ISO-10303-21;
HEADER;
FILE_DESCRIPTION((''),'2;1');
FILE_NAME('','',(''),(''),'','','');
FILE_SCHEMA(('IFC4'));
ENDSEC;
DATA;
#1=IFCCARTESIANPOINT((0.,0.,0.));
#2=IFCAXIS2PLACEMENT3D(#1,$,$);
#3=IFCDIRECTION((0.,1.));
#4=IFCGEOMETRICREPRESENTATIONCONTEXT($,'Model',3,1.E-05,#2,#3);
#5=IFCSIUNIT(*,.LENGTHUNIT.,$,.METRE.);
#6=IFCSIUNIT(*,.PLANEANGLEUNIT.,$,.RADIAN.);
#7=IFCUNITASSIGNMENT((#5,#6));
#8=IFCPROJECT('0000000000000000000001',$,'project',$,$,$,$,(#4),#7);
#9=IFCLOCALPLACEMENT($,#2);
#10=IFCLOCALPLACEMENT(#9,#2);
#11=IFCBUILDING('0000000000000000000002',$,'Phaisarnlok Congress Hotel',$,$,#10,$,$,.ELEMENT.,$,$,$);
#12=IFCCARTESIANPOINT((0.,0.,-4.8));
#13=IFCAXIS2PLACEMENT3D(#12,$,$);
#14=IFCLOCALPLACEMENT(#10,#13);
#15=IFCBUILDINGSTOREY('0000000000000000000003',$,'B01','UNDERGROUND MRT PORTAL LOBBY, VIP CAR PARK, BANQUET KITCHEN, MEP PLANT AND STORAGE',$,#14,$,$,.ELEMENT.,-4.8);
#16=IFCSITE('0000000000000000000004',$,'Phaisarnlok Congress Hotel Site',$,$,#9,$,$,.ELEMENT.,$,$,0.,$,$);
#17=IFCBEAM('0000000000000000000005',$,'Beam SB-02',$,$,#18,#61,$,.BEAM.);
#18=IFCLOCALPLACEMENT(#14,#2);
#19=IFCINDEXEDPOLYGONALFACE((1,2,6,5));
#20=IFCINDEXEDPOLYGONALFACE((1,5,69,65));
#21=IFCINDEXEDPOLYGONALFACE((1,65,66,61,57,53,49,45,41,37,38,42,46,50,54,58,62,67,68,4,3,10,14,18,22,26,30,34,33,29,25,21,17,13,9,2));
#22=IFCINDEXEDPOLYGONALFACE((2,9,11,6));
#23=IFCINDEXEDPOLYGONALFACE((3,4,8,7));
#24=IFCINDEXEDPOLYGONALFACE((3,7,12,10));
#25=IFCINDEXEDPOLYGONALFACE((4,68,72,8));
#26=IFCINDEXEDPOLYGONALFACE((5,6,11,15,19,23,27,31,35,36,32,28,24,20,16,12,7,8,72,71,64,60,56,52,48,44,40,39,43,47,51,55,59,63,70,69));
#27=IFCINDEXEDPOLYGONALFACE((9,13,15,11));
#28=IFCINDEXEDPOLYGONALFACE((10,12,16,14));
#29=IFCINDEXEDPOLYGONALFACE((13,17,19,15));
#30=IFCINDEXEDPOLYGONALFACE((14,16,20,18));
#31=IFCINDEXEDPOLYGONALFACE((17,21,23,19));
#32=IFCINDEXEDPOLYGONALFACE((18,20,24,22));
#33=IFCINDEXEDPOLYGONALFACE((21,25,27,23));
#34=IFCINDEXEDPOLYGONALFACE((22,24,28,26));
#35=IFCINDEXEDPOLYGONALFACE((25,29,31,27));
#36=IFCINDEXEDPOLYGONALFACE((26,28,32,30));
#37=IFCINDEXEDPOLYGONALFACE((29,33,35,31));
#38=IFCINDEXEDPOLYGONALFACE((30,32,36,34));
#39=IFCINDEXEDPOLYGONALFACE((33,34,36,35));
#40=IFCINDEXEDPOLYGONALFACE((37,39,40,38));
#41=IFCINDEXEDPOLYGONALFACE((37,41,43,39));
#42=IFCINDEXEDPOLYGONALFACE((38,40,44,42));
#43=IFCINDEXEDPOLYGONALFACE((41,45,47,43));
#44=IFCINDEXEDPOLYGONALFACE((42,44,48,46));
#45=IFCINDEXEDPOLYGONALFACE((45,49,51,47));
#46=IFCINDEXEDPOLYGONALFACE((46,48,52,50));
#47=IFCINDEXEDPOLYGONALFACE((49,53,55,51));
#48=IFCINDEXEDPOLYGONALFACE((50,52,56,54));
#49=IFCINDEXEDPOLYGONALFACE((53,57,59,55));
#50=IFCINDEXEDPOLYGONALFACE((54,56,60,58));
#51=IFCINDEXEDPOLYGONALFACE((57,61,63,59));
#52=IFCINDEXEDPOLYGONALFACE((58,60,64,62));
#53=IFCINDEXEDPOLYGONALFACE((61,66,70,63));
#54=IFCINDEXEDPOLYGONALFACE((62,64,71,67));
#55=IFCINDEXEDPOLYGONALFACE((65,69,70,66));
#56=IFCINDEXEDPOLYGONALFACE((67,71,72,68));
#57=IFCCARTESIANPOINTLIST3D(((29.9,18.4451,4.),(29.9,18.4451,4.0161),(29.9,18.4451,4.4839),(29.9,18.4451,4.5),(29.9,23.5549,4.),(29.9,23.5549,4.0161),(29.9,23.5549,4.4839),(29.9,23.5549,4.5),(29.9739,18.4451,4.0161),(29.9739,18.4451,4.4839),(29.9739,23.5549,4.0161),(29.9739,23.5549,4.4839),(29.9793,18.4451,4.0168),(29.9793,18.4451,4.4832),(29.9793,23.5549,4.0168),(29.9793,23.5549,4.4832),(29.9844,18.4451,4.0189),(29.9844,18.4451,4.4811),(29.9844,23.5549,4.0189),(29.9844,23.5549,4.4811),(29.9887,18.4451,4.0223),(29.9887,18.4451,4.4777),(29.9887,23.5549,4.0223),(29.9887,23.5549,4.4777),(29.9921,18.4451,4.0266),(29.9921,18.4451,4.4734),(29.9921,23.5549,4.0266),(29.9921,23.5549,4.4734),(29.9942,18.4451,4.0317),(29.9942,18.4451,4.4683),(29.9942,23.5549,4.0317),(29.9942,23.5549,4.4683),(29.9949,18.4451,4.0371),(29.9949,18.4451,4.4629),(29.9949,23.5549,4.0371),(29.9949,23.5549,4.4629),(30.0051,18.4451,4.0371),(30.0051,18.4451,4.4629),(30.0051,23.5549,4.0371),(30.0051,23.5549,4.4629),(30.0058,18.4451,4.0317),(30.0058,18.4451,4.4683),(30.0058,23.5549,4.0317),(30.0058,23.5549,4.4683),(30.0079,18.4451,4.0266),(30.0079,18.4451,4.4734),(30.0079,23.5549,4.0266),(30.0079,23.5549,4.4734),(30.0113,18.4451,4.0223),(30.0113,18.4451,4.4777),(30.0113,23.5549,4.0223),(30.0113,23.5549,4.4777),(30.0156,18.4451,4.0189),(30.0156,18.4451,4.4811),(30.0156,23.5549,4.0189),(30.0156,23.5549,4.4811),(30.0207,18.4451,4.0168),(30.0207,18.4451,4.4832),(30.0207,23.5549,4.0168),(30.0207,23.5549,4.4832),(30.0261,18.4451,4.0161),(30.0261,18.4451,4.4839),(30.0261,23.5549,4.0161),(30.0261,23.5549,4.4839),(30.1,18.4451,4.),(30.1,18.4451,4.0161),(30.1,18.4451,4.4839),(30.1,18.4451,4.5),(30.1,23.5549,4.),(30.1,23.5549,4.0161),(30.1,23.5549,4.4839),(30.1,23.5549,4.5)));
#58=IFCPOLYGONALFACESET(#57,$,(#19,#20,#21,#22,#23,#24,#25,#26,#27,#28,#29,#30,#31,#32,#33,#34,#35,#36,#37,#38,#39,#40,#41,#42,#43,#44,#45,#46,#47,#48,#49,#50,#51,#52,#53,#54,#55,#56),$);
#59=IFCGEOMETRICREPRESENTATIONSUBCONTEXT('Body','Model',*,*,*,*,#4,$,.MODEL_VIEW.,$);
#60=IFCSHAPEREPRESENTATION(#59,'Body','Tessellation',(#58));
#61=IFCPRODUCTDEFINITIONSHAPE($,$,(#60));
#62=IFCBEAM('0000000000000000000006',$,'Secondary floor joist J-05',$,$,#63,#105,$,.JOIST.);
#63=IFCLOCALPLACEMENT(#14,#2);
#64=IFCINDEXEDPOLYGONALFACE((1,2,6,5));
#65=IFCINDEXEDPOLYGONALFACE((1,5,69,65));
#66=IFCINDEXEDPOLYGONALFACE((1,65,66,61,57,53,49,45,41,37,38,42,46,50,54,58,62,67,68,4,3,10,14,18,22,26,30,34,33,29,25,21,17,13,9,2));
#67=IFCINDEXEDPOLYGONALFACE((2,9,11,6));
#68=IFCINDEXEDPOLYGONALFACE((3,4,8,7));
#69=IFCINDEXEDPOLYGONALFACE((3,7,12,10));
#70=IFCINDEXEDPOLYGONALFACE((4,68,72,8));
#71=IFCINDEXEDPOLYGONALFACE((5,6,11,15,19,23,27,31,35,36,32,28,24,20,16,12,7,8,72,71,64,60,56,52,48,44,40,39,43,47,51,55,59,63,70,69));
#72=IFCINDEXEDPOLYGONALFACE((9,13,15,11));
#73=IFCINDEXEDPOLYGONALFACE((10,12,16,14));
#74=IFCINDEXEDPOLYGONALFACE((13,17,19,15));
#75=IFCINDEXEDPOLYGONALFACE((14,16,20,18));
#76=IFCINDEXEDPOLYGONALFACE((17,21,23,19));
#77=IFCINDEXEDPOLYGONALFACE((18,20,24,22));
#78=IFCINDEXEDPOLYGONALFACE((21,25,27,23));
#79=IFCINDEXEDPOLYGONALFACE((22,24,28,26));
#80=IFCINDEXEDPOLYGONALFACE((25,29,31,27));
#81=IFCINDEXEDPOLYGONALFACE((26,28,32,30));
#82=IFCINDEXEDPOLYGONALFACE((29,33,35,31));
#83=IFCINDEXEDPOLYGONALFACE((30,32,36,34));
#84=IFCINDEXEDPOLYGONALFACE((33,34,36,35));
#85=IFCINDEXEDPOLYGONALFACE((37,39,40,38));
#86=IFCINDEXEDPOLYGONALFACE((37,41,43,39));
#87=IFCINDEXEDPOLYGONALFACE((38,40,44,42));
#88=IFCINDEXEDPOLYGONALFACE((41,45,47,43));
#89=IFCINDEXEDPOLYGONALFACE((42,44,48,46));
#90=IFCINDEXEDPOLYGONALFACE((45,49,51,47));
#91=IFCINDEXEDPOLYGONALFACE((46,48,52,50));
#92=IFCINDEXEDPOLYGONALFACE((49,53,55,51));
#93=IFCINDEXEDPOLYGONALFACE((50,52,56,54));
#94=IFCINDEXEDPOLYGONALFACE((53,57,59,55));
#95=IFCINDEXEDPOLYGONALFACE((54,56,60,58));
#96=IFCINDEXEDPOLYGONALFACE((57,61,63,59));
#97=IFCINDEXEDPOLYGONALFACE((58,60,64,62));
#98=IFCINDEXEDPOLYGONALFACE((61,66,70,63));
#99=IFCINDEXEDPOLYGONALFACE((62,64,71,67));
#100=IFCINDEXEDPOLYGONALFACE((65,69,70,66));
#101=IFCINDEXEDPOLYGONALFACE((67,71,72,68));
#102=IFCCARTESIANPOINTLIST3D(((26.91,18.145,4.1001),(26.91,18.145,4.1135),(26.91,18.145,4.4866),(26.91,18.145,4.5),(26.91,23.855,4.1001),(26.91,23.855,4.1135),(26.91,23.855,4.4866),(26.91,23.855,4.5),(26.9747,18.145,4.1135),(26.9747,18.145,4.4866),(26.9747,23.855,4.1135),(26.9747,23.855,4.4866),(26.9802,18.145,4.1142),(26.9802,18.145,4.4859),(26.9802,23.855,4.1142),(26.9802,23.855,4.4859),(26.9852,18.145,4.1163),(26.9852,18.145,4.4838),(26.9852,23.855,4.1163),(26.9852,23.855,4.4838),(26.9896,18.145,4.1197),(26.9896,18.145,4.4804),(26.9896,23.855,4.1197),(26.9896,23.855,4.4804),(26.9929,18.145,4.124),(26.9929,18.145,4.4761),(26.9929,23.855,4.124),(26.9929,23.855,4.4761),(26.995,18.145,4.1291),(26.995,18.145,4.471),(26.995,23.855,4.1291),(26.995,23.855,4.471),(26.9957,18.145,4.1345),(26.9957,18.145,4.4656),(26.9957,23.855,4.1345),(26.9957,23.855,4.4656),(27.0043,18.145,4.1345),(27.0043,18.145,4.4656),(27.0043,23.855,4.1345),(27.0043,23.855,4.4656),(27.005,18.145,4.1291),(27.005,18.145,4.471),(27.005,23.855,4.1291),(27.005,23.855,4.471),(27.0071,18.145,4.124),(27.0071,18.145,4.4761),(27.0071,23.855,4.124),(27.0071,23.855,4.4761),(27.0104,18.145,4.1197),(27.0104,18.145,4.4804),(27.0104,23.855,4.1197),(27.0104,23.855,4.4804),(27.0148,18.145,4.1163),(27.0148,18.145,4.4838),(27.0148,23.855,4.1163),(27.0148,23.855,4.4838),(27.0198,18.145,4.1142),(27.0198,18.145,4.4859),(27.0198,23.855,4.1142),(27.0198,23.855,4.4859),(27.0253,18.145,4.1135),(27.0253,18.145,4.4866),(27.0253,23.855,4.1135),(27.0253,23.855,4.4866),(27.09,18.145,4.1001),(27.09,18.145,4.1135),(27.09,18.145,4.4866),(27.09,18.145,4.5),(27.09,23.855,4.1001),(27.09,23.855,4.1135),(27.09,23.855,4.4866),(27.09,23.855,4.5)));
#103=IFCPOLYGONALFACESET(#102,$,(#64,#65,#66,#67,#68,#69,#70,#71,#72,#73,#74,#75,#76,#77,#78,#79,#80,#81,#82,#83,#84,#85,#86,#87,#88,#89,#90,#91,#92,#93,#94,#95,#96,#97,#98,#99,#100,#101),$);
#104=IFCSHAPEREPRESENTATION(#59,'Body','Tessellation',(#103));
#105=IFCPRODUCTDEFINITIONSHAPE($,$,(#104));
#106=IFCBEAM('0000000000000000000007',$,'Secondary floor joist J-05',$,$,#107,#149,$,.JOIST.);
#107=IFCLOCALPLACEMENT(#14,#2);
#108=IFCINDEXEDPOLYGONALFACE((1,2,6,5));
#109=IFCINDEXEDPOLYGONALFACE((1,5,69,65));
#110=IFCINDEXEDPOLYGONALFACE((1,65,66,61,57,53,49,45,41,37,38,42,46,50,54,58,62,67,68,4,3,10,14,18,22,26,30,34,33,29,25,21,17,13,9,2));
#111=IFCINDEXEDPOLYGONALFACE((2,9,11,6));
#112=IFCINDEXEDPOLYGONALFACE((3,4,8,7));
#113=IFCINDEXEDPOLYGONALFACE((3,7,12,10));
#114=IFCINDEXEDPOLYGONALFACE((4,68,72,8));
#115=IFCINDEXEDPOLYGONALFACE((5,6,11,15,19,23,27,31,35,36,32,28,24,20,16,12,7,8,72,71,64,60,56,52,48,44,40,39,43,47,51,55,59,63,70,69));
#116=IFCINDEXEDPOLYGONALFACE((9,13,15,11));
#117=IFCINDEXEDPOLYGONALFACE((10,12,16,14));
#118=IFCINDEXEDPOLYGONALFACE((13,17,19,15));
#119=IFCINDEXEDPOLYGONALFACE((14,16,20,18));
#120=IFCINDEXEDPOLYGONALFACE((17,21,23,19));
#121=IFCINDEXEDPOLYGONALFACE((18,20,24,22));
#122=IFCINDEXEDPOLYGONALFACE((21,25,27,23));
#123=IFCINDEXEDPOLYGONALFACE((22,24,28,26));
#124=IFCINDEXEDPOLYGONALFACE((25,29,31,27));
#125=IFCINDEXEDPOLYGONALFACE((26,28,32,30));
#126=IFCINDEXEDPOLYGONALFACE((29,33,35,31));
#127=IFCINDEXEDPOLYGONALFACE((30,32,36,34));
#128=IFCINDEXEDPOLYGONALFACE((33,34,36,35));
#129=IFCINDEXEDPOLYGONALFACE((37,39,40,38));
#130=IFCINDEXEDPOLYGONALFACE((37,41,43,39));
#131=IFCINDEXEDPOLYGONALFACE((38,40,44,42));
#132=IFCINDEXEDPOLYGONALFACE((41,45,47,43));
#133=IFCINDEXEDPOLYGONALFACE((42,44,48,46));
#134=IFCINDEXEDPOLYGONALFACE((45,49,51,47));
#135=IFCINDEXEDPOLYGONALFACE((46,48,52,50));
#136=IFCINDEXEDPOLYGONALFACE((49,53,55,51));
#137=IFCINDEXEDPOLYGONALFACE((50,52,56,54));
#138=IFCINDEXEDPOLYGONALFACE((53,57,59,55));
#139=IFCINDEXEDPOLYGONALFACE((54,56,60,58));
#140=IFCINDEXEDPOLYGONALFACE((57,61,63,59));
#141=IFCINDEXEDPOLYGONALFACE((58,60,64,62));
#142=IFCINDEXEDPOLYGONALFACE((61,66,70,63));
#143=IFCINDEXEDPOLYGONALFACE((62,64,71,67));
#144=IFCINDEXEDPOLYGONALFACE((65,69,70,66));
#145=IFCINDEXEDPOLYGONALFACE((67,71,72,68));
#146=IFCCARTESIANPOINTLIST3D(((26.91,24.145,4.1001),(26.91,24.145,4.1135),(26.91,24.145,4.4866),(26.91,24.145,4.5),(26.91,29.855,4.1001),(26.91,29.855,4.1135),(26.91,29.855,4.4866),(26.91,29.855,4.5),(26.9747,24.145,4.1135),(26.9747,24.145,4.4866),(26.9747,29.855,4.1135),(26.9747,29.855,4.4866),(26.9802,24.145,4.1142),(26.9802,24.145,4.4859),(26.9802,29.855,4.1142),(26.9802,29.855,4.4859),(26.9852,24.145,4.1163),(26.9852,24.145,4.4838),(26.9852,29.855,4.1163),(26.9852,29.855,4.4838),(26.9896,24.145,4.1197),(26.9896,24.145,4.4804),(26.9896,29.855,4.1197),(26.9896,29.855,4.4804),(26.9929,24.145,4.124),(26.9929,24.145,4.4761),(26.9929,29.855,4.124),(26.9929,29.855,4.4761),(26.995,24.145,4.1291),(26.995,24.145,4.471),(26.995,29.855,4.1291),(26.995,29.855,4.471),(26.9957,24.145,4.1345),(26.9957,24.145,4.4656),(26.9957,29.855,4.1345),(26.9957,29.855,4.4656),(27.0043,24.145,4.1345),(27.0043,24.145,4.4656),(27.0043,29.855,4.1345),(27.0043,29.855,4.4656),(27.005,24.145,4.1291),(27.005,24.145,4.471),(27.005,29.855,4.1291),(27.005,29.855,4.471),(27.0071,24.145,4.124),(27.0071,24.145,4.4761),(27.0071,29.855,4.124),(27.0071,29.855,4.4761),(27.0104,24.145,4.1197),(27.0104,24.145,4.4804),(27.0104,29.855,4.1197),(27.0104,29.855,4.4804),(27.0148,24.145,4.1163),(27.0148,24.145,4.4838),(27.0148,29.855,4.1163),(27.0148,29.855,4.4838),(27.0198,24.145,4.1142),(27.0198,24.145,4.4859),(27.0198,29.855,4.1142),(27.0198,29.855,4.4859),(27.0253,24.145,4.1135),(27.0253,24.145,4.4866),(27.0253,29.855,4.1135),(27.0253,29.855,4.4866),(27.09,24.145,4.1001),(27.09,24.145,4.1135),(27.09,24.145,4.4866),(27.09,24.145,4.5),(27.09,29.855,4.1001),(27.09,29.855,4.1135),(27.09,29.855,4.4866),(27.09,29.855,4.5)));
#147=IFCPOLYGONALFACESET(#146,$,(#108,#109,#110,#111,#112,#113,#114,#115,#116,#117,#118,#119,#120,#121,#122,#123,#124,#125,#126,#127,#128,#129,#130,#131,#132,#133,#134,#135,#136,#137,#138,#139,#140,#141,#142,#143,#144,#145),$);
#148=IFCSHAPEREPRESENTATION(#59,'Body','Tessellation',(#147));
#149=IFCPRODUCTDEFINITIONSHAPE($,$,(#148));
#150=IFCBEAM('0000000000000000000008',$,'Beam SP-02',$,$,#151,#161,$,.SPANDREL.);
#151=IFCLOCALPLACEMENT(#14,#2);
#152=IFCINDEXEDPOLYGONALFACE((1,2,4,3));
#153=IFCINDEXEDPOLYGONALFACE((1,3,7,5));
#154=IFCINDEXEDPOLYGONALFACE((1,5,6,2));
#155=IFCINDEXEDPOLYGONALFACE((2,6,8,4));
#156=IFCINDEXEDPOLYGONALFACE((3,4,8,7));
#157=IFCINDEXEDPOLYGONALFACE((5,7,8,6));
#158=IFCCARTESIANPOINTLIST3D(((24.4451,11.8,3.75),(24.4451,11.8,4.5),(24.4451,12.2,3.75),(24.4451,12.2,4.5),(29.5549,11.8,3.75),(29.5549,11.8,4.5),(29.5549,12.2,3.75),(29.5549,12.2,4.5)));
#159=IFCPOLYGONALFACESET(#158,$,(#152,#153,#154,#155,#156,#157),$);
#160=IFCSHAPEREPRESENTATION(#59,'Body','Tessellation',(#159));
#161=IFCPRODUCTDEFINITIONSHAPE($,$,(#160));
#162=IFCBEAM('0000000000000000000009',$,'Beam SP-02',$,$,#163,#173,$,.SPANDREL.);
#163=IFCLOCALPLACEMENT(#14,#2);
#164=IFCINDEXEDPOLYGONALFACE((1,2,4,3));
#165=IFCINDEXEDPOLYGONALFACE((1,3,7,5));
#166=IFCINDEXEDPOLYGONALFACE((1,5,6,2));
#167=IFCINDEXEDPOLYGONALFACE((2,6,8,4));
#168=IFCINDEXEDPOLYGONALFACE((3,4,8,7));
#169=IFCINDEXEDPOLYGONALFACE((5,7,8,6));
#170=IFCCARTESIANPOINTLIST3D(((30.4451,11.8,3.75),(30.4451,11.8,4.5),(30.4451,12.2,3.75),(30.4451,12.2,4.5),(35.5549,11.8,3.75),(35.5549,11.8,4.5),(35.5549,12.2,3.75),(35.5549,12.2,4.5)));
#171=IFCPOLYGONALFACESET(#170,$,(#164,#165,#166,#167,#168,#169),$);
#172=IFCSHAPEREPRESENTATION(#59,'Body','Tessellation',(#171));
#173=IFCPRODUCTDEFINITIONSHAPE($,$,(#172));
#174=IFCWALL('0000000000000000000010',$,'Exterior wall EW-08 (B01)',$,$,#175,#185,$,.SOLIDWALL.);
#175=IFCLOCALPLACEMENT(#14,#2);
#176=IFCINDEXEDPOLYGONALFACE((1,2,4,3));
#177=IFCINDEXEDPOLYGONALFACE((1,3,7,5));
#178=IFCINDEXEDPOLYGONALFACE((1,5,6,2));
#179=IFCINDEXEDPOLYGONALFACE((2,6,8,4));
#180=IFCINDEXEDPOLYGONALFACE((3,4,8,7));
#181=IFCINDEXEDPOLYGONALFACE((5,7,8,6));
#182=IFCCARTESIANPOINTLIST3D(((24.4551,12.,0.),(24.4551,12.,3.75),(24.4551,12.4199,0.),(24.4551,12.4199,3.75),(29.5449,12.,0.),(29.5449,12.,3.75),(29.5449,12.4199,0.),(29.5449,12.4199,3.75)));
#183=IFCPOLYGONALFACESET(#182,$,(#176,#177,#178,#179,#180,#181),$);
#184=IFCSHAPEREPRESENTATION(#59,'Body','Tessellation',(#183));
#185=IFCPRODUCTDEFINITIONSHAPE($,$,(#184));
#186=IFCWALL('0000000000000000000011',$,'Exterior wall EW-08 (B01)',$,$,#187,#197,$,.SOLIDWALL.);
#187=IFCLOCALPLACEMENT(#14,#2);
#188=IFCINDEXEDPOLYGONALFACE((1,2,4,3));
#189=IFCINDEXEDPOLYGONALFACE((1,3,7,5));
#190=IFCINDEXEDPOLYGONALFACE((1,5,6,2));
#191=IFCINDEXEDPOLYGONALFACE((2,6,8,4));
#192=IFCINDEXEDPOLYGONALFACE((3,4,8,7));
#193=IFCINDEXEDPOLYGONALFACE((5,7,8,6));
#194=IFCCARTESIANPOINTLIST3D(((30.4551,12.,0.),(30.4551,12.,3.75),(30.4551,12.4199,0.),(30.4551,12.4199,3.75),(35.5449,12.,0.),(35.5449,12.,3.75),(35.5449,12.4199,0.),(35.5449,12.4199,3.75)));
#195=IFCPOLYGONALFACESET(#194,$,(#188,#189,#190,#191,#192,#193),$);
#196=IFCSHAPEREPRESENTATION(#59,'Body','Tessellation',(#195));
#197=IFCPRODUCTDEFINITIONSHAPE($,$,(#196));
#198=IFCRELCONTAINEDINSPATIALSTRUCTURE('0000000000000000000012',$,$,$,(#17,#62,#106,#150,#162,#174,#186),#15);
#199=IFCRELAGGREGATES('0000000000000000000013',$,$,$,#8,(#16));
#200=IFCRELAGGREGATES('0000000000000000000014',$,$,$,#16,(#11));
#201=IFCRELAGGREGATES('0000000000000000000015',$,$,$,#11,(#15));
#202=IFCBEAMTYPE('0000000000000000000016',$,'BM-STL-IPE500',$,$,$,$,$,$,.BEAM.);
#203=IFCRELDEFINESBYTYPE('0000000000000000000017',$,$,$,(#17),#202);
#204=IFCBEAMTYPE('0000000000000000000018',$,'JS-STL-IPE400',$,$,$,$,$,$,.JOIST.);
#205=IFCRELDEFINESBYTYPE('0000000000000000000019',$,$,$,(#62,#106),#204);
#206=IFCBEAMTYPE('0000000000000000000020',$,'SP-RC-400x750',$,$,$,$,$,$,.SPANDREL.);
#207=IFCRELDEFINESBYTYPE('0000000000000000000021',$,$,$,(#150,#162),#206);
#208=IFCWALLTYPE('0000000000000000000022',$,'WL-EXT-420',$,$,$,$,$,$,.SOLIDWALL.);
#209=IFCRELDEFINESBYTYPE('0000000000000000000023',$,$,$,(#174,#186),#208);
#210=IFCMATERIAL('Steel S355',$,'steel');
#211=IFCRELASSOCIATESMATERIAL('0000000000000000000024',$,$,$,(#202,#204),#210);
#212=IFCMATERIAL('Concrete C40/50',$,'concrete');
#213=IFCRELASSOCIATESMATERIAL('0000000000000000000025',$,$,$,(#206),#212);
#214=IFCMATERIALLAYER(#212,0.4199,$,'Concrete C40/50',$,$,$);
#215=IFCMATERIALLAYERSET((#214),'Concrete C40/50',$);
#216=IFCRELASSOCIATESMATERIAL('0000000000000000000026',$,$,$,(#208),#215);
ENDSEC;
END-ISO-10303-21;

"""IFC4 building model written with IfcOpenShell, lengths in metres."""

from ifc_helpers import new_model, si_unit, direction, frame, frame_2d, origin, origin_2d, place, context, subcontext, project, spatial, rectangle, i_section, extrude, material, layer, layer_set, material_profile, profile_set, type_object, element, save


model = new_model("IFC4")

# Units and contexts
model_context = context("Model", 3, precision=1e-05, world=origin(), true_north=direction((0.0, 1.0)))
body_context = subcontext(model_context, "Body", "Model", "MODEL_VIEW")
ifc_project = project(units=[si_unit("LENGTHUNIT", "METRE"), si_unit("PLANEANGLEUNIT", "RADIAN")], contexts=[model_context])

# Site, building, storey
site_placement = place(None, origin())
site = spatial("IfcSite", under=ifc_project, at=site_placement, Name="Phaisarnlok Congress Hotel Site", CompositionType="ELEMENT", RefElevation=0.0)
building_placement = place(site_placement, origin())
building = spatial("IfcBuilding", under=site, at=building_placement, Name="Phaisarnlok Congress Hotel", CompositionType="ELEMENT")
storey_placement = place(building_placement, frame((0.0, 0.0, -4.8)))
storey = spatial("IfcBuildingStorey", under=building, at=storey_placement, Name="B01", Description="UNDERGROUND MRT PORTAL LOBBY, VIP CAR PARK, BANQUET KITCHEN, MEP PLANT AND STORAGE", CompositionType="ELEMENT", Elevation=-4.8)

# Shared definitions
ifc_material_1 = material(Name="Concrete C40/50", Category="concrete")

# Beams
ifc_material_2 = material(Name="Steel S355", Category="steel")
ifc_material_profile_1 = material_profile(ifc_material_2, i_section(OverallWidth=0.2, OverallDepth=0.5, WebThickness=0.0103, FlangeThickness=0.0161, FilletRadius=0.021, at=origin_2d()), Name="IPE 500")
ifc_profile_set_1 = profile_set([ifc_material_profile_1], Name="Steel S355")
beam_type_1 = type_object("IfcBeamType", Name="BM-STL-IPE500", PredefinedType="BEAM", material=ifc_profile_set_1)
beam_placement = place(storey_placement, frame((30.0, 18.4451, 4.25), z_axis=(0.0, 1.0, 0.0), x_axis=(-1.0, 0.0, 0.0)))
element("IfcBeam", 1, at=beam_placement, inside=storey, type_object=beam_type_1, Name="Beam SB-02", PredefinedType="BEAM", context=body_context, shape_type="SweptSolid", body=[
    extrude(i_section(OverallWidth=0.2, OverallDepth=0.5, WebThickness=0.0103, FlangeThickness=0.0161, FilletRadius=0.021, at=origin_2d()), origin(), (0.0, 0.0, 1.0), 5.1099),
])
ifc_material_profile_2 = material_profile(ifc_material_2, i_section(OverallWidth=0.1799, OverallDepth=0.3999, WebThickness=0.0085, FlangeThickness=0.0134, FilletRadius=0.021, at=origin_2d()), Name="IPE 400")
ifc_profile_set_2 = profile_set([ifc_material_profile_2], Name="Steel S355")
beam_type_2 = type_object("IfcBeamType", Name="JS-STL-IPE400", PredefinedType="JOIST", material=ifc_profile_set_2)
for number, where, z_axis, x_axis, name in (
    (2, (27.0, 18.145, 4.3), (0.0, 1.0, 0.0), (-1.0, 0.0, 0.0), "Secondary floor joist J-05"),
    (3, (27.0, 24.145, 4.3), (0.0, 1.0, 0.0), (-1.0, 0.0, 0.0), "Secondary floor joist J-05"),
):
    element("IfcBeam", number, at=place(storey_placement, frame(where, z_axis=z_axis, x_axis=x_axis)), inside=storey, type_object=beam_type_2, Name=name, PredefinedType="JOIST", context=body_context, shape_type="SweptSolid", body=[
        extrude(i_section(OverallWidth=0.1799, OverallDepth=0.3999, WebThickness=0.0085, FlangeThickness=0.0134, FilletRadius=0.021, at=origin_2d()), origin(), (0.0, 0.0, 1.0), 5.71),
    ])
ifc_material_profile_3 = material_profile(ifc_material_1, rectangle(XDim=0.3999, YDim=0.75, at=origin_2d()), Name="RC 400x750")
ifc_profile_set_3 = profile_set([ifc_material_profile_3], Name="Concrete C40/50")
beam_type_3 = type_object("IfcBeamType", Name="SP-RC-400x750", PredefinedType="SPANDREL", material=ifc_profile_set_3)
for number, where, z_axis, x_axis, name in (
    (4, (24.4451, 12.0, 4.125), (1.0, 0.0, 0.0), (0.0, 1.0, 0.0), "Beam SP-02"),
    (5, (30.4451, 12.0, 4.125), (1.0, 0.0, 0.0), (0.0, 1.0, 0.0), "Beam SP-02"),
):
    element("IfcBeam", number, at=place(storey_placement, frame(where, z_axis=z_axis, x_axis=x_axis)), inside=storey, type_object=beam_type_3, Name=name, PredefinedType="SPANDREL", context=body_context, shape_type="SweptSolid", body=[
        extrude(rectangle(XDim=0.3999, YDim=0.75, at=origin_2d()), origin(), (0.0, 0.0, 1.0), 5.1099),
    ])

# Walls
ifc_layer_1 = layer(ifc_material_1, 0.4199, Name="Concrete C40/50")
ifc_layer_set_1 = layer_set([ifc_layer_1], Name="Concrete C40/50")
wall_type_1 = type_object("IfcWallType", Name="WL-EXT-420", PredefinedType="SOLIDWALL", material=ifc_layer_set_1)
for number, where, z_axis, x_axis, name in (
    (6, (24.4551, 12.21, 0.0), (0.0, 0.0, 1.0), (1.0, 0.0, 0.0), "Exterior wall EW-08 (B01)"),
    (7, (30.4551, 12.21, 0.0), (0.0, 0.0, 1.0), (1.0, 0.0, 0.0), "Exterior wall EW-08 (B01)"),
):
    element("IfcWall", number, at=place(storey_placement, frame(where, z_axis=z_axis, x_axis=x_axis)), inside=storey, type_object=wall_type_1, Name=name, PredefinedType="SOLIDWALL", context=body_context, shape_type="SweptSolid", body=[
        extrude(rectangle(XDim=5.0898, YDim=0.4199, at=frame_2d((2.5449, 0.0))), origin(), (0.0, 0.0, 1.0), 3.75),
    ])

save(model, "model.ifc")
